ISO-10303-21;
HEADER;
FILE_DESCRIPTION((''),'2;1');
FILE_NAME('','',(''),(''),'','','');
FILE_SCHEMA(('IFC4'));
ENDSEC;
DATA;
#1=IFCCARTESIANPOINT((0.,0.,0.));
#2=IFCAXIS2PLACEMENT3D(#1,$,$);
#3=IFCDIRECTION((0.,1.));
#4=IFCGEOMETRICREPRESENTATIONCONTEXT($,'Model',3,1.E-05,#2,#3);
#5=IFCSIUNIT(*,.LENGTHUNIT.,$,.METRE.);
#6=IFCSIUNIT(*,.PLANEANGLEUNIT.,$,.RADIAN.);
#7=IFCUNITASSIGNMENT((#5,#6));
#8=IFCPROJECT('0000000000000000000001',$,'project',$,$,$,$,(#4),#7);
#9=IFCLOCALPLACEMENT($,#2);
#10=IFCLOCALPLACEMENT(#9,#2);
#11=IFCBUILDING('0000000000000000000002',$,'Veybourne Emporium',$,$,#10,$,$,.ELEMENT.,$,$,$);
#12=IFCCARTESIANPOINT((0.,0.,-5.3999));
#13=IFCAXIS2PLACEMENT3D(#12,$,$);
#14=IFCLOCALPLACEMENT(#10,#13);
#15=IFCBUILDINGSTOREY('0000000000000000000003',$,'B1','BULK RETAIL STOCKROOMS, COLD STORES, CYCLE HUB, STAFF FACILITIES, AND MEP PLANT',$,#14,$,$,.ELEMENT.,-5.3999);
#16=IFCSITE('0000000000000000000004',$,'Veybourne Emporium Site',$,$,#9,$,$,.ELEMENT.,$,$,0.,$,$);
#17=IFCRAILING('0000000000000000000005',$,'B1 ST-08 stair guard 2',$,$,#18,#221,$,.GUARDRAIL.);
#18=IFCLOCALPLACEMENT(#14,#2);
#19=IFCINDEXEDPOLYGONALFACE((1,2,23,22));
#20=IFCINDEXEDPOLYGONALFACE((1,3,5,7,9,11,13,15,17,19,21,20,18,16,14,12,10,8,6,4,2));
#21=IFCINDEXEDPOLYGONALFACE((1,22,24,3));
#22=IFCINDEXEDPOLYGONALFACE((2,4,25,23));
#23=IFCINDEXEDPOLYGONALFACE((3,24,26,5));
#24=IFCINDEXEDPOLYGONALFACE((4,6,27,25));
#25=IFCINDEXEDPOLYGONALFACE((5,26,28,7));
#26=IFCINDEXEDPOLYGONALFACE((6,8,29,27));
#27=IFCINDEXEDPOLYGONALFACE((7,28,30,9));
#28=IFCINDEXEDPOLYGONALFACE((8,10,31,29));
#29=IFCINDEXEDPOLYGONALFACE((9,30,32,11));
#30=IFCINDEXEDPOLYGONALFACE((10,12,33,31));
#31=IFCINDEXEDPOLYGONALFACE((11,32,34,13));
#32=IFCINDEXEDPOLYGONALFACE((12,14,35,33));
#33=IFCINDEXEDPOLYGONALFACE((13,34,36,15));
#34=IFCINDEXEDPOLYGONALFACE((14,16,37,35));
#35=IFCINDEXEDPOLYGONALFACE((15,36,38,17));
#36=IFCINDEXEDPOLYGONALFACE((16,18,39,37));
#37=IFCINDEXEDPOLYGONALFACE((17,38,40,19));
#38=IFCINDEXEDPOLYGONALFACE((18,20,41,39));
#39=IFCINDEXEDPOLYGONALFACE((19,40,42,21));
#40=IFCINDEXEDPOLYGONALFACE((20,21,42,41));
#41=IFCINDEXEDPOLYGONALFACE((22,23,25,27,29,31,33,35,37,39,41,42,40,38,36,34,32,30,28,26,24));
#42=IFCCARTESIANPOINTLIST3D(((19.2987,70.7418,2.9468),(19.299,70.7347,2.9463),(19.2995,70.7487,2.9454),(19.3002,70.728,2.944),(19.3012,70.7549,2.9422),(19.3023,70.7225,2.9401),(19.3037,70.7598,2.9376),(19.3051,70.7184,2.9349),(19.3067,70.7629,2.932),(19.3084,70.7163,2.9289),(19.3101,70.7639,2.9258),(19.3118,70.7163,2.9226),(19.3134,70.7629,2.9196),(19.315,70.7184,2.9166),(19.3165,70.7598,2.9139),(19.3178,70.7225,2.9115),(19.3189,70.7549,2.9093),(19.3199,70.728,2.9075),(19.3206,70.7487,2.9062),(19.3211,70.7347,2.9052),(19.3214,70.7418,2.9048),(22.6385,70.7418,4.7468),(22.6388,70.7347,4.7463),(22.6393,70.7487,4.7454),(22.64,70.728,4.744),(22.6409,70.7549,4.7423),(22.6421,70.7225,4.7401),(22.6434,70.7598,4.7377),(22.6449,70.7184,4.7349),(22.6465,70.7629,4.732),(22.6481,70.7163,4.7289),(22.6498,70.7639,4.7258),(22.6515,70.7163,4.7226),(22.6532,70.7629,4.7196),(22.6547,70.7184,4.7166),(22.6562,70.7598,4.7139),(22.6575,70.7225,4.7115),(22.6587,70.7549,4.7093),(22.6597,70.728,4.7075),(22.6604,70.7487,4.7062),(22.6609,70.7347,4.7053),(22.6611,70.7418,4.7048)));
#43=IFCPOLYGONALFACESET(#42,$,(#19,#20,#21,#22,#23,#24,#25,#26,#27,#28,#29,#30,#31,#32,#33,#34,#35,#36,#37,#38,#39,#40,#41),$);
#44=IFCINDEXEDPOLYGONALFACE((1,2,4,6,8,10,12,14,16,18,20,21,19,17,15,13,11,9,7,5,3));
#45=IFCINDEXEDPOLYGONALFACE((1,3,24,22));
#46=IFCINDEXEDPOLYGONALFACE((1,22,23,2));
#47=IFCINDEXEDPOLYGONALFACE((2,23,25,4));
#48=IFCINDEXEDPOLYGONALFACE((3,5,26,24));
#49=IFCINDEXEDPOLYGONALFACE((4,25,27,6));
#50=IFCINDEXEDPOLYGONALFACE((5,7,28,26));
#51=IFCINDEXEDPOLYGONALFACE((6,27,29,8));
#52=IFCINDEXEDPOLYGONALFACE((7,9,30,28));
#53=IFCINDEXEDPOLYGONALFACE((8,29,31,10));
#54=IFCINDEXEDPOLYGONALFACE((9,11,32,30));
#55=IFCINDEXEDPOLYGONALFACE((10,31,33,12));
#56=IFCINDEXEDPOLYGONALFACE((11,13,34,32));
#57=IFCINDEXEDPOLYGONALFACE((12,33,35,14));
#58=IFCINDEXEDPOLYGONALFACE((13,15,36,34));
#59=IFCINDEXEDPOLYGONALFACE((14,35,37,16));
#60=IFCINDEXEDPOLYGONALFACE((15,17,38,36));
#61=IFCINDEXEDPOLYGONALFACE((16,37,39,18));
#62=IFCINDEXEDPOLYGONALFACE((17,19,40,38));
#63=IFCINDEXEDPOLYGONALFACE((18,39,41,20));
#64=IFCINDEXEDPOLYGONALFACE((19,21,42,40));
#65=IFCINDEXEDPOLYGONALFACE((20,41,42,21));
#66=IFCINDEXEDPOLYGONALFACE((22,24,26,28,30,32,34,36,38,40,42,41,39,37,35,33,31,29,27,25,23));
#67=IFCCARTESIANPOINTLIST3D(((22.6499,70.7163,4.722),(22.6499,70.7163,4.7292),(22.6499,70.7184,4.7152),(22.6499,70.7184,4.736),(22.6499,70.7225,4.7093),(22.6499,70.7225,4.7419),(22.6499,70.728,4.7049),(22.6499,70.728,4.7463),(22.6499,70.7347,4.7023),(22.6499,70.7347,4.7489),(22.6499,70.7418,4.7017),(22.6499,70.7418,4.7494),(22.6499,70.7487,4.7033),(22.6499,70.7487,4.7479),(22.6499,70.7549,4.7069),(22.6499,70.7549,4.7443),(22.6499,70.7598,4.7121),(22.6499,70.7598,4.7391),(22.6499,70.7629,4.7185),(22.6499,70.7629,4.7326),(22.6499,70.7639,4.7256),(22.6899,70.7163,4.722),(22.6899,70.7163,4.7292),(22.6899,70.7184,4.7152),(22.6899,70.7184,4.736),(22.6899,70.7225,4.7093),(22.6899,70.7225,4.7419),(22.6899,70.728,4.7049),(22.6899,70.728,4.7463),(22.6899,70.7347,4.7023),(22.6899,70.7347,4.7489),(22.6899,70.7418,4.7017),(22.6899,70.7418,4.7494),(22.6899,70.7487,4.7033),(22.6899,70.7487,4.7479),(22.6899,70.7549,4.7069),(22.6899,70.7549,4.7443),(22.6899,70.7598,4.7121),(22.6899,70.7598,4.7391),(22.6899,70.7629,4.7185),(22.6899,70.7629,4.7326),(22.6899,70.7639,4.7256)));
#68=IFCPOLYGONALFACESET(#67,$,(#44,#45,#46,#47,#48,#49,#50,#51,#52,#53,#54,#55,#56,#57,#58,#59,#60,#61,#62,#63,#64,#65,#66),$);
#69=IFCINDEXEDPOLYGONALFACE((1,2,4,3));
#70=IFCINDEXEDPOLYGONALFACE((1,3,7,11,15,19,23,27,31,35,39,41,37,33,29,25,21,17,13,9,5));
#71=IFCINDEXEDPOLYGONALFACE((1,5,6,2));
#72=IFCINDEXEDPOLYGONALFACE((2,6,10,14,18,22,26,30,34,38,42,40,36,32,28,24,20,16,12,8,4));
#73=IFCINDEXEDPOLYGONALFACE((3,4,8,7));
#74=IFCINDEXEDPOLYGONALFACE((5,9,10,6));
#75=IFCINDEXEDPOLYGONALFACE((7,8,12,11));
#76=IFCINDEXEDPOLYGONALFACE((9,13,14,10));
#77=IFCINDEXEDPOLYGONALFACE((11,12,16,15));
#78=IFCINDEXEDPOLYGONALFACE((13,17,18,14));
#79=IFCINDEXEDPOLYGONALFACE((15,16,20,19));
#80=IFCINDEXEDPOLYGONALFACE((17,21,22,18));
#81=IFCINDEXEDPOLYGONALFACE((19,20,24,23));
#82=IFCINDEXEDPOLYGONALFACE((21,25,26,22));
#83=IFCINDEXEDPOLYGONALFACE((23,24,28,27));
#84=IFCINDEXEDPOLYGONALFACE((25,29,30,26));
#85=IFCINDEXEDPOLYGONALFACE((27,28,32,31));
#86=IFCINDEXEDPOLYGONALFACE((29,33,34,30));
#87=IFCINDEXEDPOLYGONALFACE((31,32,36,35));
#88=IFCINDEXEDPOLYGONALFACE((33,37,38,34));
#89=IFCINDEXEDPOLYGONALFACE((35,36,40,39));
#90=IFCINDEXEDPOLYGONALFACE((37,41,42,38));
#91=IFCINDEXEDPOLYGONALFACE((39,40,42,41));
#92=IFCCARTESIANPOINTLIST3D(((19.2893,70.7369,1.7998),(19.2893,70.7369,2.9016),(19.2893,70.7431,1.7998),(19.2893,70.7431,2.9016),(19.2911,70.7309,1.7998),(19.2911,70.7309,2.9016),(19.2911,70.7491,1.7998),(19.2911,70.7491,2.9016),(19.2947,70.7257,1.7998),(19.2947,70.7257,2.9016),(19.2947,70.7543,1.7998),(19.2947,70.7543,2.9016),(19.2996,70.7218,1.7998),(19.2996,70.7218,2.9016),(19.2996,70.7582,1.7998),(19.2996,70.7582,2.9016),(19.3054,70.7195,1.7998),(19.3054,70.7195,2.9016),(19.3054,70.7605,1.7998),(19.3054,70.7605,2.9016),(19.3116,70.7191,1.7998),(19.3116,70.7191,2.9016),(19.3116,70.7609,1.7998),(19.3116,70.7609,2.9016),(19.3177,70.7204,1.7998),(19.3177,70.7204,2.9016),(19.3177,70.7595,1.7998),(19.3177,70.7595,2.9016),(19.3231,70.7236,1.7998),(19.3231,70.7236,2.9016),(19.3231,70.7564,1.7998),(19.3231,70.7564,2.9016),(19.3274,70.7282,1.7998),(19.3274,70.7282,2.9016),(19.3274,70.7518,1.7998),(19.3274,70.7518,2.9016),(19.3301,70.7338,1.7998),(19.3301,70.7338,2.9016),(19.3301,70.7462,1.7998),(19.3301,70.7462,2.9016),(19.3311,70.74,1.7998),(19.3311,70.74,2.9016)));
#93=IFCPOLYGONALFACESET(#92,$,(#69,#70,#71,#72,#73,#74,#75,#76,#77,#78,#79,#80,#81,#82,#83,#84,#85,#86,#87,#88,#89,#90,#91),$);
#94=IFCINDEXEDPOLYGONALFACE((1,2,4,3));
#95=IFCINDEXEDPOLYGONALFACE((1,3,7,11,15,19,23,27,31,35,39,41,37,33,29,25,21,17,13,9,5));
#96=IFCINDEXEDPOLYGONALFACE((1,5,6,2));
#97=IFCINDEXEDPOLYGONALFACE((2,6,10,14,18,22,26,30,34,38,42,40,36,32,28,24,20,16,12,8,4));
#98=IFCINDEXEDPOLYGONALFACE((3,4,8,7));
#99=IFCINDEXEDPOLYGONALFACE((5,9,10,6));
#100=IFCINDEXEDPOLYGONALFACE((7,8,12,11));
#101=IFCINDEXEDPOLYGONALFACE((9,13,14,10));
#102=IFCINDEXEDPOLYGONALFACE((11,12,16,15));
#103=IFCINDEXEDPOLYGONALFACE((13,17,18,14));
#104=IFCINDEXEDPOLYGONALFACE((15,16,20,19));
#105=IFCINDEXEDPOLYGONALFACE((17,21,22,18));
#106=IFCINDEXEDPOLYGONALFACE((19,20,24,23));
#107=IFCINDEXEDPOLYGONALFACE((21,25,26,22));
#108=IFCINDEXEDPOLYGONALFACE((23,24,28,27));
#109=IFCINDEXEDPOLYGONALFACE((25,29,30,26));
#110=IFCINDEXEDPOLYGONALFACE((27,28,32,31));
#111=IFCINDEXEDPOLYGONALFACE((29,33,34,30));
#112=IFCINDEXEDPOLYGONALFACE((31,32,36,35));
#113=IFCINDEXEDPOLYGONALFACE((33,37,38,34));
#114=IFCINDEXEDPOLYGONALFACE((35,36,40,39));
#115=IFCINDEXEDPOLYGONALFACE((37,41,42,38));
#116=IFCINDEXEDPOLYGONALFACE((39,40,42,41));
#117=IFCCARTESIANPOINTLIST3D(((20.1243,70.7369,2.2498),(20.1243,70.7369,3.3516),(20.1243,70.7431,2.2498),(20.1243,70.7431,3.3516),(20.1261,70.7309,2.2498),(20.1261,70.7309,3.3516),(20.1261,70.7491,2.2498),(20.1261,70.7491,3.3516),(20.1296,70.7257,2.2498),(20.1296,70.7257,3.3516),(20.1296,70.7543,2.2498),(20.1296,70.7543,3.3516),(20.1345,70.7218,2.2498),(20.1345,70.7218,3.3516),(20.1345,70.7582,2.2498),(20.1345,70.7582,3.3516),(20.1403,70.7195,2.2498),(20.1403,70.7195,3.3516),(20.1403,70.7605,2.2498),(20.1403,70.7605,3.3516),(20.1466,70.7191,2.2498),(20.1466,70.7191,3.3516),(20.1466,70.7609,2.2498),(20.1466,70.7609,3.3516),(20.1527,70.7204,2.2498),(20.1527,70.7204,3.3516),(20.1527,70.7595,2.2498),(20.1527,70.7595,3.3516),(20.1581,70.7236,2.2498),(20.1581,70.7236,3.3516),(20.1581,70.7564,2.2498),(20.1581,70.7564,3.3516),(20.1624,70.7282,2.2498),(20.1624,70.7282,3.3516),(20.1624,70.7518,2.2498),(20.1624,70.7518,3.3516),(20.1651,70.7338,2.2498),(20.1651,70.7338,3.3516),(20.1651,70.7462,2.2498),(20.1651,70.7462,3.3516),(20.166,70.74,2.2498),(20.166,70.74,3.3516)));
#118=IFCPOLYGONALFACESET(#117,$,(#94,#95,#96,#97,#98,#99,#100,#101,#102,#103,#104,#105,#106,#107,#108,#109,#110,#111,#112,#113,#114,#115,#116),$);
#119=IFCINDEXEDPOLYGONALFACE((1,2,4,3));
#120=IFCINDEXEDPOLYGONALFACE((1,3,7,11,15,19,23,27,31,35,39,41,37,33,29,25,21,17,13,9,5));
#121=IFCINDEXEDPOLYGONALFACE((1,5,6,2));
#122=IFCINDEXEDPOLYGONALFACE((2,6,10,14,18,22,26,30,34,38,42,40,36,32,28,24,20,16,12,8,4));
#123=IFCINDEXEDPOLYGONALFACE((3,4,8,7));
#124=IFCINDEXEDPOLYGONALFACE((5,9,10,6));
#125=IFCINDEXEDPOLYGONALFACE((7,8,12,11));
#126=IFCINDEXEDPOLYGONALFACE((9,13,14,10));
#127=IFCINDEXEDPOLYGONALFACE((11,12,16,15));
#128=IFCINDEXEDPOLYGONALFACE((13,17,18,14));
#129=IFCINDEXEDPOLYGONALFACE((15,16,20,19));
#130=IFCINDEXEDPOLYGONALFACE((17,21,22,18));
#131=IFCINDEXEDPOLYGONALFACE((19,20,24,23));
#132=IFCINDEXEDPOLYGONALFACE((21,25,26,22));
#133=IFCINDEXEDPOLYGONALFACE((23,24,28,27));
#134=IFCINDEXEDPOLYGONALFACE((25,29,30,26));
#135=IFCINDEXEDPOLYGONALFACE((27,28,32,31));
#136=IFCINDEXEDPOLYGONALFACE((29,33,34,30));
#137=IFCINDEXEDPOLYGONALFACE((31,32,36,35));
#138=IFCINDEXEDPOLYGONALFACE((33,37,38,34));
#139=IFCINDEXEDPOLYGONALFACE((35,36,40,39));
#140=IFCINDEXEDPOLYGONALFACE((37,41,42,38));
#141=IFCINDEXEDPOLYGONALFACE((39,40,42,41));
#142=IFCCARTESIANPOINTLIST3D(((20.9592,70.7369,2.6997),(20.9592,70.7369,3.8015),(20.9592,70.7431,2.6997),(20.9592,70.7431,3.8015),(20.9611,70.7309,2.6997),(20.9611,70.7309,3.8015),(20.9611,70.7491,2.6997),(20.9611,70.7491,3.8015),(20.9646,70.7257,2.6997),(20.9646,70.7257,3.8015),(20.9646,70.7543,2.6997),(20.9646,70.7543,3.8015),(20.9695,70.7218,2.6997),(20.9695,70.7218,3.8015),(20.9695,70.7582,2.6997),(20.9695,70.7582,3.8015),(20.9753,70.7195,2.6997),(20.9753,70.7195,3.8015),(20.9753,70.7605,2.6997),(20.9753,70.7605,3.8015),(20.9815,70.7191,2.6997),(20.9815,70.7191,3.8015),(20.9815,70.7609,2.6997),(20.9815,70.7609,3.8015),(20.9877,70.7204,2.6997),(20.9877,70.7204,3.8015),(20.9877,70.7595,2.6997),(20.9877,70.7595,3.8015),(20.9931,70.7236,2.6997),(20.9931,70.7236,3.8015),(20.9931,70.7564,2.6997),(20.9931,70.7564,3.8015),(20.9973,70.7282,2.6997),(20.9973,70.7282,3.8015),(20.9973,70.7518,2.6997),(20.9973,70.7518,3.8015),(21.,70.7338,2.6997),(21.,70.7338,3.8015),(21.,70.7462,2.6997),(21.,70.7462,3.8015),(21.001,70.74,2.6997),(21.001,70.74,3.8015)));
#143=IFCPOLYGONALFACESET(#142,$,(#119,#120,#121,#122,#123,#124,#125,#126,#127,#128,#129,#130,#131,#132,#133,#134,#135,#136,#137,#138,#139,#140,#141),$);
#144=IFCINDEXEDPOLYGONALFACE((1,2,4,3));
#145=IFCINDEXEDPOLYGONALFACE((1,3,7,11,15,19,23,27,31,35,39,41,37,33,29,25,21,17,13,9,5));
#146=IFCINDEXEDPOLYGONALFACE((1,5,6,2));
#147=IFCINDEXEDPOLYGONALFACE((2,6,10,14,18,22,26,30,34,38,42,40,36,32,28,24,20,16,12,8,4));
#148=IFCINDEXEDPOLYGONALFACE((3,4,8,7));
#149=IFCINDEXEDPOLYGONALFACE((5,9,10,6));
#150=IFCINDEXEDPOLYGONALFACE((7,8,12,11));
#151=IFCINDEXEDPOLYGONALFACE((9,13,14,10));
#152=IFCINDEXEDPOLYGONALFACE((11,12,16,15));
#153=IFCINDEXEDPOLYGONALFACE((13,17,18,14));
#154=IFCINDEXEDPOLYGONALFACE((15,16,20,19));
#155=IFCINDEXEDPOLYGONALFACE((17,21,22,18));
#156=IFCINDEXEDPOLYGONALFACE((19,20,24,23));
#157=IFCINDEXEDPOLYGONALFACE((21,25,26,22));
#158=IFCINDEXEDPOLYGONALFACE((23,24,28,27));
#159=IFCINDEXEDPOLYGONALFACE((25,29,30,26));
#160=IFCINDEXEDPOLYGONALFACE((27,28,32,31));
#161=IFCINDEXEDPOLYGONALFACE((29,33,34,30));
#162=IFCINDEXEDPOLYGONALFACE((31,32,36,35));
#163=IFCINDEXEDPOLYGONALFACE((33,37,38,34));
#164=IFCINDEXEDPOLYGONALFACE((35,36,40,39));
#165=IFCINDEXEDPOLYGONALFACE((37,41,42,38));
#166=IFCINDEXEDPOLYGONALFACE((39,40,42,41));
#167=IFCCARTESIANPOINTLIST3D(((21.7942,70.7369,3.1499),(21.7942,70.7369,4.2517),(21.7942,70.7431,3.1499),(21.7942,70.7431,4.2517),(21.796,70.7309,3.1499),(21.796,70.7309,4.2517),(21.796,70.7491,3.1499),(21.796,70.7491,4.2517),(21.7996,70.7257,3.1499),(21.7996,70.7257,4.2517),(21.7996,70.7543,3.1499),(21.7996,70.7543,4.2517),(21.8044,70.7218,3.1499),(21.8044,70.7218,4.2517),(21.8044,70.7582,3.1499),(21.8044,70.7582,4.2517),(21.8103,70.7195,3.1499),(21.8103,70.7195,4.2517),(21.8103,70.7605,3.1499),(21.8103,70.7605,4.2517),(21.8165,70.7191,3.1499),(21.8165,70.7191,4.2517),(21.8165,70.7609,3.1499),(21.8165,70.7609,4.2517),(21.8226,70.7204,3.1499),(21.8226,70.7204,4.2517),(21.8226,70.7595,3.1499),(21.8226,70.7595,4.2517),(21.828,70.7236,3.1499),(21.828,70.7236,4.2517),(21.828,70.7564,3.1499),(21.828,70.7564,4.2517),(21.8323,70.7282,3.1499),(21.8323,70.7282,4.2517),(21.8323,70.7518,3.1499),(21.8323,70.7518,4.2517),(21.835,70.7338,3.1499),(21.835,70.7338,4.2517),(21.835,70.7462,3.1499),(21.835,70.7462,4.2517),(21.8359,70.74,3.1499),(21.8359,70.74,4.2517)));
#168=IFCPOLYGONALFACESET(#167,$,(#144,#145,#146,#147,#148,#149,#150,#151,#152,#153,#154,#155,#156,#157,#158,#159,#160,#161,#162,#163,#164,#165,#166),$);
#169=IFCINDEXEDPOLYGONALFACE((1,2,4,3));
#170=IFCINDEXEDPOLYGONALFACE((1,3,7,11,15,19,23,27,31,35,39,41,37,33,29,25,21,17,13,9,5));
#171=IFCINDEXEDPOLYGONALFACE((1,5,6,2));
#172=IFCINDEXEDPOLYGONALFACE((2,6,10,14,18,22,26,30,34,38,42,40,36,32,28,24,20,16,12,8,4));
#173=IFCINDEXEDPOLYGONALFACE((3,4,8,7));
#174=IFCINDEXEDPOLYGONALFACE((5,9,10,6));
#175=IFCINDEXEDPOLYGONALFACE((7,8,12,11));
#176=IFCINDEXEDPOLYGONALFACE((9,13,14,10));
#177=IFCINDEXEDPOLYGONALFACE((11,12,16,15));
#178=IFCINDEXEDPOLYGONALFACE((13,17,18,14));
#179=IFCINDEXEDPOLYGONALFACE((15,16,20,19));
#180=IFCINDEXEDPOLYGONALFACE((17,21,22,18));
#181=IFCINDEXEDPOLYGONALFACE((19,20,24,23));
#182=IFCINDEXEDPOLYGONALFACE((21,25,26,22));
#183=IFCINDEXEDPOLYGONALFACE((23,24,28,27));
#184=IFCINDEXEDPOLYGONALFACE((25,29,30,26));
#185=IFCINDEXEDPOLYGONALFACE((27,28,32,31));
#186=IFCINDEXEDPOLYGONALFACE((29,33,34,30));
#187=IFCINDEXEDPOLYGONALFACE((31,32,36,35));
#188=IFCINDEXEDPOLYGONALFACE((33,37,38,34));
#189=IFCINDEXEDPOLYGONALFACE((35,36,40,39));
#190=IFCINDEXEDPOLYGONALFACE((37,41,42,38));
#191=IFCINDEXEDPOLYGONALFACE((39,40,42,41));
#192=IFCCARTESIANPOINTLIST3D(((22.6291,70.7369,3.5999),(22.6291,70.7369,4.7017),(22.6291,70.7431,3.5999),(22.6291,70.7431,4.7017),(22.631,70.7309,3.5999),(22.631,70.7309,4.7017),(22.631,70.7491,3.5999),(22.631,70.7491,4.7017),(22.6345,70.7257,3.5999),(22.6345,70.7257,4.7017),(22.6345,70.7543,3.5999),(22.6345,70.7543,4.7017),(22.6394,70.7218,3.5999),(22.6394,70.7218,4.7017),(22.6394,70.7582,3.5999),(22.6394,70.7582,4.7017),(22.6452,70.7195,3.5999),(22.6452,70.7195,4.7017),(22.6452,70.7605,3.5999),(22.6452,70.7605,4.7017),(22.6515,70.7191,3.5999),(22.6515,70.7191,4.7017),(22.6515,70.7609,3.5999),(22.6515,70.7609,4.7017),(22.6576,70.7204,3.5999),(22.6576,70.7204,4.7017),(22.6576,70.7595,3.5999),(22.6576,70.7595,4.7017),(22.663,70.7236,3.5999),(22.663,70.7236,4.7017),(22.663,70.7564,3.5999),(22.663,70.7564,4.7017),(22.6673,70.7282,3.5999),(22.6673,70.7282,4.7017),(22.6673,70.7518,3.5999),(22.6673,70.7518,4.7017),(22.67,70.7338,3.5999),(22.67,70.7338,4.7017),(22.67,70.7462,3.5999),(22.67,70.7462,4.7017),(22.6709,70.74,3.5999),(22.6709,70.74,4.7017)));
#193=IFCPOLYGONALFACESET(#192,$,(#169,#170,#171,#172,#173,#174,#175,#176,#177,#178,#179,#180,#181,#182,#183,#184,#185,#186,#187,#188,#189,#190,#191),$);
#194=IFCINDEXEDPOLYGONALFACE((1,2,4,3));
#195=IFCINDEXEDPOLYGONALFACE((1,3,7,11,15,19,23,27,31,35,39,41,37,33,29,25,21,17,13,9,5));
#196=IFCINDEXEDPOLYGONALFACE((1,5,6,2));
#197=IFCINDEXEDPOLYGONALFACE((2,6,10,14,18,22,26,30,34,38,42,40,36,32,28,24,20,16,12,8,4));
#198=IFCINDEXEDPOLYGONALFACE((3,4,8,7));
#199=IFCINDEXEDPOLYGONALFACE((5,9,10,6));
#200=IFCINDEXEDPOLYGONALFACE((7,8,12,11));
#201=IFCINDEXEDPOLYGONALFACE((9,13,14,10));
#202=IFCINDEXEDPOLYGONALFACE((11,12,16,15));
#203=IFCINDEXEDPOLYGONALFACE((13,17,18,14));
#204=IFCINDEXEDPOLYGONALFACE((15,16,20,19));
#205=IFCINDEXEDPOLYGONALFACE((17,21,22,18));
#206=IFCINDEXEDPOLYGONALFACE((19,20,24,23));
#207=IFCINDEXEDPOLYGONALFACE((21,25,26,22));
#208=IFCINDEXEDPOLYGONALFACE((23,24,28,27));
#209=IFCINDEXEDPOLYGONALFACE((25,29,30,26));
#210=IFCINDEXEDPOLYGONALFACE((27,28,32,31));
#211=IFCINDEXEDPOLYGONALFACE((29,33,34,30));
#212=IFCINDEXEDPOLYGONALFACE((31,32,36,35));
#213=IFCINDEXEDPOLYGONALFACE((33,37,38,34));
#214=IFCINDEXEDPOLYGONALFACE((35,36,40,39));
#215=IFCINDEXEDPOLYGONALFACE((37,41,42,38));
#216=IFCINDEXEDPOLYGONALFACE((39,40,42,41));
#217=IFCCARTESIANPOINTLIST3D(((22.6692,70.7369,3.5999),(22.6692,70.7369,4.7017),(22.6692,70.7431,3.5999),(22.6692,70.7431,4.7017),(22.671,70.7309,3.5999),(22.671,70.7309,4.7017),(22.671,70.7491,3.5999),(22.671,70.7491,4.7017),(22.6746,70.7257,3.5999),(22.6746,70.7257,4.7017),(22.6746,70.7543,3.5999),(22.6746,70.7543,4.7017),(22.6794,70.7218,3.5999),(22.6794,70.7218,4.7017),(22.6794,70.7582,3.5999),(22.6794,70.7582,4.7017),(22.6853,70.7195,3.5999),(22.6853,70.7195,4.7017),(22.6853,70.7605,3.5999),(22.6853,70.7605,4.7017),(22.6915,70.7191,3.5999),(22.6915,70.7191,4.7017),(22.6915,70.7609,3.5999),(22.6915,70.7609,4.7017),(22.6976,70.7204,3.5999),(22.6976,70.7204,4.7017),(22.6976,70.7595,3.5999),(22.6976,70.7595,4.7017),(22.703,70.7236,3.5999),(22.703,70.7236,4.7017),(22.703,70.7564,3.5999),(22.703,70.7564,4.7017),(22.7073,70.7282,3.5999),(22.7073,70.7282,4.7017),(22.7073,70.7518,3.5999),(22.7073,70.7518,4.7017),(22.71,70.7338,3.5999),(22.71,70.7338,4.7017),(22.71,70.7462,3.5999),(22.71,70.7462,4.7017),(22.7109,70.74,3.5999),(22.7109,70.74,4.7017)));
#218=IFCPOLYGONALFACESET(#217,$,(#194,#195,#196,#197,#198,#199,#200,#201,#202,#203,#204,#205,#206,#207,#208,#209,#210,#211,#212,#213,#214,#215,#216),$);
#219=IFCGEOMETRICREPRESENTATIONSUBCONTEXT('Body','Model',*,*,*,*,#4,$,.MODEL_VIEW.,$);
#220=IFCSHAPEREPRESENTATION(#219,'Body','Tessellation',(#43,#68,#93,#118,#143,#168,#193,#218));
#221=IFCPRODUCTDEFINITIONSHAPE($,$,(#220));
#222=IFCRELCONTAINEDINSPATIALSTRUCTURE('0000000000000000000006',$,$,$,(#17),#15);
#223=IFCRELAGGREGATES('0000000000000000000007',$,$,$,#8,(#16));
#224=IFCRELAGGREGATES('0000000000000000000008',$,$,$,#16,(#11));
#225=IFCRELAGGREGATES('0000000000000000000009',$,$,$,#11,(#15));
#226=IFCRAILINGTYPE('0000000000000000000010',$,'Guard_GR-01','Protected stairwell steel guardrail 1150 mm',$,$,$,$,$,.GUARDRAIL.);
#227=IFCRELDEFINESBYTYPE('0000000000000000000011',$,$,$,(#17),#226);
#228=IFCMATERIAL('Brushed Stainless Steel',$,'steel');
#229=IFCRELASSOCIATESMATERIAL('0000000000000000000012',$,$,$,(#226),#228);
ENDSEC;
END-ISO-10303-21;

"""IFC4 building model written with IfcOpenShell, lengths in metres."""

from ifc_helpers import new_model, si_unit, direction, frame, origin, origin_2d, place, context, subcontext, project, spatial, circle, extrude, material, type_object, element, save


model = new_model("IFC4")

# Units and contexts
model_context = context("Model", 3, precision=1e-05, world=origin(), true_north=direction((0.0, 1.0)))
body_context = subcontext(model_context, "Body", "Model", "MODEL_VIEW")
ifc_project = project(units=[si_unit("LENGTHUNIT", "METRE"), si_unit("PLANEANGLEUNIT", "RADIAN")], contexts=[model_context])

# Site, building, storey
site_placement = place(None, origin())
site = spatial("IfcSite", under=ifc_project, at=site_placement, Name="Veybourne Emporium Site", CompositionType="ELEMENT", RefElevation=0.0)
building_placement = place(site_placement, origin())
building = spatial("IfcBuilding", under=site, at=building_placement, Name="Veybourne Emporium", CompositionType="ELEMENT")
storey_placement = place(building_placement, frame((0.0, 0.0, -5.3999)))
storey = spatial("IfcBuildingStorey", under=building, at=storey_placement, Name="B1", Description="BULK RETAIL STOCKROOMS, COLD STORES, CYCLE HUB, STAFF FACILITIES, AND MEP PLANT", CompositionType="ELEMENT", Elevation=-5.3999)

# Railing
ifc_material_1 = material(Name="Brushed Stainless Steel", Category="steel")
railing_type_1 = type_object("IfcRailingType", Name="Guard_GR-01", Description="Protected stairwell steel guardrail 1150 mm", PredefinedType="GUARDRAIL", material=ifc_material_1)
railing_1_placement = place(storey_placement, frame((19.3101, 70.74, 1.7998)))
element("IfcRailing", 1, at=railing_1_placement, inside=storey, type_object=railing_type_1, Name="B1 ST-08 stair guard 2", PredefinedType="GUARDRAIL", context=body_context, shape_type="SweptSolid", body=[
    extrude(circle(Radius=0.0239, at=origin_2d()), frame((0.0, 0.0, 1.126), z_axis=(0.880287, 0.0, 0.474441), x_axis=(0.0, 1.0, 0.0)), (0.0, 0.0, 1.0), 3.7939),
    extrude(circle(Radius=0.0239, at=origin_2d()), frame((3.3398, 0.0, 2.9258), z_axis=(1.0, 0.0, 0.0), x_axis=(0.0, 1.0, 0.0)), (0.0, 0.0, 1.0), 0.04),
    extrude(circle(Radius=0.021, at=origin_2d()), origin(), (0.0, 0.0, 1.0), 1.1018),
    extrude(circle(Radius=0.021, at=origin_2d()), frame((0.835, 0.0, 0.45)), (0.0, 0.0, 1.0), 1.1018),
    extrude(circle(Radius=0.021, at=origin_2d()), frame((1.6699, 0.0, 0.8999)), (0.0, 0.0, 1.0), 1.1018),
    extrude(circle(Radius=0.021, at=origin_2d()), frame((2.5049, 0.0, 1.3501)), (0.0, 0.0, 1.0), 1.1018),
    extrude(circle(Radius=0.021, at=origin_2d()), frame((3.3398, 0.0, 1.8)), (0.0, 0.0, 1.0), 1.1018),
    extrude(circle(Radius=0.021, at=origin_2d()), frame((3.3799, 0.0, 1.8)), (0.0, 0.0, 1.0), 1.1018),
])

save(model, "model.ifc")
